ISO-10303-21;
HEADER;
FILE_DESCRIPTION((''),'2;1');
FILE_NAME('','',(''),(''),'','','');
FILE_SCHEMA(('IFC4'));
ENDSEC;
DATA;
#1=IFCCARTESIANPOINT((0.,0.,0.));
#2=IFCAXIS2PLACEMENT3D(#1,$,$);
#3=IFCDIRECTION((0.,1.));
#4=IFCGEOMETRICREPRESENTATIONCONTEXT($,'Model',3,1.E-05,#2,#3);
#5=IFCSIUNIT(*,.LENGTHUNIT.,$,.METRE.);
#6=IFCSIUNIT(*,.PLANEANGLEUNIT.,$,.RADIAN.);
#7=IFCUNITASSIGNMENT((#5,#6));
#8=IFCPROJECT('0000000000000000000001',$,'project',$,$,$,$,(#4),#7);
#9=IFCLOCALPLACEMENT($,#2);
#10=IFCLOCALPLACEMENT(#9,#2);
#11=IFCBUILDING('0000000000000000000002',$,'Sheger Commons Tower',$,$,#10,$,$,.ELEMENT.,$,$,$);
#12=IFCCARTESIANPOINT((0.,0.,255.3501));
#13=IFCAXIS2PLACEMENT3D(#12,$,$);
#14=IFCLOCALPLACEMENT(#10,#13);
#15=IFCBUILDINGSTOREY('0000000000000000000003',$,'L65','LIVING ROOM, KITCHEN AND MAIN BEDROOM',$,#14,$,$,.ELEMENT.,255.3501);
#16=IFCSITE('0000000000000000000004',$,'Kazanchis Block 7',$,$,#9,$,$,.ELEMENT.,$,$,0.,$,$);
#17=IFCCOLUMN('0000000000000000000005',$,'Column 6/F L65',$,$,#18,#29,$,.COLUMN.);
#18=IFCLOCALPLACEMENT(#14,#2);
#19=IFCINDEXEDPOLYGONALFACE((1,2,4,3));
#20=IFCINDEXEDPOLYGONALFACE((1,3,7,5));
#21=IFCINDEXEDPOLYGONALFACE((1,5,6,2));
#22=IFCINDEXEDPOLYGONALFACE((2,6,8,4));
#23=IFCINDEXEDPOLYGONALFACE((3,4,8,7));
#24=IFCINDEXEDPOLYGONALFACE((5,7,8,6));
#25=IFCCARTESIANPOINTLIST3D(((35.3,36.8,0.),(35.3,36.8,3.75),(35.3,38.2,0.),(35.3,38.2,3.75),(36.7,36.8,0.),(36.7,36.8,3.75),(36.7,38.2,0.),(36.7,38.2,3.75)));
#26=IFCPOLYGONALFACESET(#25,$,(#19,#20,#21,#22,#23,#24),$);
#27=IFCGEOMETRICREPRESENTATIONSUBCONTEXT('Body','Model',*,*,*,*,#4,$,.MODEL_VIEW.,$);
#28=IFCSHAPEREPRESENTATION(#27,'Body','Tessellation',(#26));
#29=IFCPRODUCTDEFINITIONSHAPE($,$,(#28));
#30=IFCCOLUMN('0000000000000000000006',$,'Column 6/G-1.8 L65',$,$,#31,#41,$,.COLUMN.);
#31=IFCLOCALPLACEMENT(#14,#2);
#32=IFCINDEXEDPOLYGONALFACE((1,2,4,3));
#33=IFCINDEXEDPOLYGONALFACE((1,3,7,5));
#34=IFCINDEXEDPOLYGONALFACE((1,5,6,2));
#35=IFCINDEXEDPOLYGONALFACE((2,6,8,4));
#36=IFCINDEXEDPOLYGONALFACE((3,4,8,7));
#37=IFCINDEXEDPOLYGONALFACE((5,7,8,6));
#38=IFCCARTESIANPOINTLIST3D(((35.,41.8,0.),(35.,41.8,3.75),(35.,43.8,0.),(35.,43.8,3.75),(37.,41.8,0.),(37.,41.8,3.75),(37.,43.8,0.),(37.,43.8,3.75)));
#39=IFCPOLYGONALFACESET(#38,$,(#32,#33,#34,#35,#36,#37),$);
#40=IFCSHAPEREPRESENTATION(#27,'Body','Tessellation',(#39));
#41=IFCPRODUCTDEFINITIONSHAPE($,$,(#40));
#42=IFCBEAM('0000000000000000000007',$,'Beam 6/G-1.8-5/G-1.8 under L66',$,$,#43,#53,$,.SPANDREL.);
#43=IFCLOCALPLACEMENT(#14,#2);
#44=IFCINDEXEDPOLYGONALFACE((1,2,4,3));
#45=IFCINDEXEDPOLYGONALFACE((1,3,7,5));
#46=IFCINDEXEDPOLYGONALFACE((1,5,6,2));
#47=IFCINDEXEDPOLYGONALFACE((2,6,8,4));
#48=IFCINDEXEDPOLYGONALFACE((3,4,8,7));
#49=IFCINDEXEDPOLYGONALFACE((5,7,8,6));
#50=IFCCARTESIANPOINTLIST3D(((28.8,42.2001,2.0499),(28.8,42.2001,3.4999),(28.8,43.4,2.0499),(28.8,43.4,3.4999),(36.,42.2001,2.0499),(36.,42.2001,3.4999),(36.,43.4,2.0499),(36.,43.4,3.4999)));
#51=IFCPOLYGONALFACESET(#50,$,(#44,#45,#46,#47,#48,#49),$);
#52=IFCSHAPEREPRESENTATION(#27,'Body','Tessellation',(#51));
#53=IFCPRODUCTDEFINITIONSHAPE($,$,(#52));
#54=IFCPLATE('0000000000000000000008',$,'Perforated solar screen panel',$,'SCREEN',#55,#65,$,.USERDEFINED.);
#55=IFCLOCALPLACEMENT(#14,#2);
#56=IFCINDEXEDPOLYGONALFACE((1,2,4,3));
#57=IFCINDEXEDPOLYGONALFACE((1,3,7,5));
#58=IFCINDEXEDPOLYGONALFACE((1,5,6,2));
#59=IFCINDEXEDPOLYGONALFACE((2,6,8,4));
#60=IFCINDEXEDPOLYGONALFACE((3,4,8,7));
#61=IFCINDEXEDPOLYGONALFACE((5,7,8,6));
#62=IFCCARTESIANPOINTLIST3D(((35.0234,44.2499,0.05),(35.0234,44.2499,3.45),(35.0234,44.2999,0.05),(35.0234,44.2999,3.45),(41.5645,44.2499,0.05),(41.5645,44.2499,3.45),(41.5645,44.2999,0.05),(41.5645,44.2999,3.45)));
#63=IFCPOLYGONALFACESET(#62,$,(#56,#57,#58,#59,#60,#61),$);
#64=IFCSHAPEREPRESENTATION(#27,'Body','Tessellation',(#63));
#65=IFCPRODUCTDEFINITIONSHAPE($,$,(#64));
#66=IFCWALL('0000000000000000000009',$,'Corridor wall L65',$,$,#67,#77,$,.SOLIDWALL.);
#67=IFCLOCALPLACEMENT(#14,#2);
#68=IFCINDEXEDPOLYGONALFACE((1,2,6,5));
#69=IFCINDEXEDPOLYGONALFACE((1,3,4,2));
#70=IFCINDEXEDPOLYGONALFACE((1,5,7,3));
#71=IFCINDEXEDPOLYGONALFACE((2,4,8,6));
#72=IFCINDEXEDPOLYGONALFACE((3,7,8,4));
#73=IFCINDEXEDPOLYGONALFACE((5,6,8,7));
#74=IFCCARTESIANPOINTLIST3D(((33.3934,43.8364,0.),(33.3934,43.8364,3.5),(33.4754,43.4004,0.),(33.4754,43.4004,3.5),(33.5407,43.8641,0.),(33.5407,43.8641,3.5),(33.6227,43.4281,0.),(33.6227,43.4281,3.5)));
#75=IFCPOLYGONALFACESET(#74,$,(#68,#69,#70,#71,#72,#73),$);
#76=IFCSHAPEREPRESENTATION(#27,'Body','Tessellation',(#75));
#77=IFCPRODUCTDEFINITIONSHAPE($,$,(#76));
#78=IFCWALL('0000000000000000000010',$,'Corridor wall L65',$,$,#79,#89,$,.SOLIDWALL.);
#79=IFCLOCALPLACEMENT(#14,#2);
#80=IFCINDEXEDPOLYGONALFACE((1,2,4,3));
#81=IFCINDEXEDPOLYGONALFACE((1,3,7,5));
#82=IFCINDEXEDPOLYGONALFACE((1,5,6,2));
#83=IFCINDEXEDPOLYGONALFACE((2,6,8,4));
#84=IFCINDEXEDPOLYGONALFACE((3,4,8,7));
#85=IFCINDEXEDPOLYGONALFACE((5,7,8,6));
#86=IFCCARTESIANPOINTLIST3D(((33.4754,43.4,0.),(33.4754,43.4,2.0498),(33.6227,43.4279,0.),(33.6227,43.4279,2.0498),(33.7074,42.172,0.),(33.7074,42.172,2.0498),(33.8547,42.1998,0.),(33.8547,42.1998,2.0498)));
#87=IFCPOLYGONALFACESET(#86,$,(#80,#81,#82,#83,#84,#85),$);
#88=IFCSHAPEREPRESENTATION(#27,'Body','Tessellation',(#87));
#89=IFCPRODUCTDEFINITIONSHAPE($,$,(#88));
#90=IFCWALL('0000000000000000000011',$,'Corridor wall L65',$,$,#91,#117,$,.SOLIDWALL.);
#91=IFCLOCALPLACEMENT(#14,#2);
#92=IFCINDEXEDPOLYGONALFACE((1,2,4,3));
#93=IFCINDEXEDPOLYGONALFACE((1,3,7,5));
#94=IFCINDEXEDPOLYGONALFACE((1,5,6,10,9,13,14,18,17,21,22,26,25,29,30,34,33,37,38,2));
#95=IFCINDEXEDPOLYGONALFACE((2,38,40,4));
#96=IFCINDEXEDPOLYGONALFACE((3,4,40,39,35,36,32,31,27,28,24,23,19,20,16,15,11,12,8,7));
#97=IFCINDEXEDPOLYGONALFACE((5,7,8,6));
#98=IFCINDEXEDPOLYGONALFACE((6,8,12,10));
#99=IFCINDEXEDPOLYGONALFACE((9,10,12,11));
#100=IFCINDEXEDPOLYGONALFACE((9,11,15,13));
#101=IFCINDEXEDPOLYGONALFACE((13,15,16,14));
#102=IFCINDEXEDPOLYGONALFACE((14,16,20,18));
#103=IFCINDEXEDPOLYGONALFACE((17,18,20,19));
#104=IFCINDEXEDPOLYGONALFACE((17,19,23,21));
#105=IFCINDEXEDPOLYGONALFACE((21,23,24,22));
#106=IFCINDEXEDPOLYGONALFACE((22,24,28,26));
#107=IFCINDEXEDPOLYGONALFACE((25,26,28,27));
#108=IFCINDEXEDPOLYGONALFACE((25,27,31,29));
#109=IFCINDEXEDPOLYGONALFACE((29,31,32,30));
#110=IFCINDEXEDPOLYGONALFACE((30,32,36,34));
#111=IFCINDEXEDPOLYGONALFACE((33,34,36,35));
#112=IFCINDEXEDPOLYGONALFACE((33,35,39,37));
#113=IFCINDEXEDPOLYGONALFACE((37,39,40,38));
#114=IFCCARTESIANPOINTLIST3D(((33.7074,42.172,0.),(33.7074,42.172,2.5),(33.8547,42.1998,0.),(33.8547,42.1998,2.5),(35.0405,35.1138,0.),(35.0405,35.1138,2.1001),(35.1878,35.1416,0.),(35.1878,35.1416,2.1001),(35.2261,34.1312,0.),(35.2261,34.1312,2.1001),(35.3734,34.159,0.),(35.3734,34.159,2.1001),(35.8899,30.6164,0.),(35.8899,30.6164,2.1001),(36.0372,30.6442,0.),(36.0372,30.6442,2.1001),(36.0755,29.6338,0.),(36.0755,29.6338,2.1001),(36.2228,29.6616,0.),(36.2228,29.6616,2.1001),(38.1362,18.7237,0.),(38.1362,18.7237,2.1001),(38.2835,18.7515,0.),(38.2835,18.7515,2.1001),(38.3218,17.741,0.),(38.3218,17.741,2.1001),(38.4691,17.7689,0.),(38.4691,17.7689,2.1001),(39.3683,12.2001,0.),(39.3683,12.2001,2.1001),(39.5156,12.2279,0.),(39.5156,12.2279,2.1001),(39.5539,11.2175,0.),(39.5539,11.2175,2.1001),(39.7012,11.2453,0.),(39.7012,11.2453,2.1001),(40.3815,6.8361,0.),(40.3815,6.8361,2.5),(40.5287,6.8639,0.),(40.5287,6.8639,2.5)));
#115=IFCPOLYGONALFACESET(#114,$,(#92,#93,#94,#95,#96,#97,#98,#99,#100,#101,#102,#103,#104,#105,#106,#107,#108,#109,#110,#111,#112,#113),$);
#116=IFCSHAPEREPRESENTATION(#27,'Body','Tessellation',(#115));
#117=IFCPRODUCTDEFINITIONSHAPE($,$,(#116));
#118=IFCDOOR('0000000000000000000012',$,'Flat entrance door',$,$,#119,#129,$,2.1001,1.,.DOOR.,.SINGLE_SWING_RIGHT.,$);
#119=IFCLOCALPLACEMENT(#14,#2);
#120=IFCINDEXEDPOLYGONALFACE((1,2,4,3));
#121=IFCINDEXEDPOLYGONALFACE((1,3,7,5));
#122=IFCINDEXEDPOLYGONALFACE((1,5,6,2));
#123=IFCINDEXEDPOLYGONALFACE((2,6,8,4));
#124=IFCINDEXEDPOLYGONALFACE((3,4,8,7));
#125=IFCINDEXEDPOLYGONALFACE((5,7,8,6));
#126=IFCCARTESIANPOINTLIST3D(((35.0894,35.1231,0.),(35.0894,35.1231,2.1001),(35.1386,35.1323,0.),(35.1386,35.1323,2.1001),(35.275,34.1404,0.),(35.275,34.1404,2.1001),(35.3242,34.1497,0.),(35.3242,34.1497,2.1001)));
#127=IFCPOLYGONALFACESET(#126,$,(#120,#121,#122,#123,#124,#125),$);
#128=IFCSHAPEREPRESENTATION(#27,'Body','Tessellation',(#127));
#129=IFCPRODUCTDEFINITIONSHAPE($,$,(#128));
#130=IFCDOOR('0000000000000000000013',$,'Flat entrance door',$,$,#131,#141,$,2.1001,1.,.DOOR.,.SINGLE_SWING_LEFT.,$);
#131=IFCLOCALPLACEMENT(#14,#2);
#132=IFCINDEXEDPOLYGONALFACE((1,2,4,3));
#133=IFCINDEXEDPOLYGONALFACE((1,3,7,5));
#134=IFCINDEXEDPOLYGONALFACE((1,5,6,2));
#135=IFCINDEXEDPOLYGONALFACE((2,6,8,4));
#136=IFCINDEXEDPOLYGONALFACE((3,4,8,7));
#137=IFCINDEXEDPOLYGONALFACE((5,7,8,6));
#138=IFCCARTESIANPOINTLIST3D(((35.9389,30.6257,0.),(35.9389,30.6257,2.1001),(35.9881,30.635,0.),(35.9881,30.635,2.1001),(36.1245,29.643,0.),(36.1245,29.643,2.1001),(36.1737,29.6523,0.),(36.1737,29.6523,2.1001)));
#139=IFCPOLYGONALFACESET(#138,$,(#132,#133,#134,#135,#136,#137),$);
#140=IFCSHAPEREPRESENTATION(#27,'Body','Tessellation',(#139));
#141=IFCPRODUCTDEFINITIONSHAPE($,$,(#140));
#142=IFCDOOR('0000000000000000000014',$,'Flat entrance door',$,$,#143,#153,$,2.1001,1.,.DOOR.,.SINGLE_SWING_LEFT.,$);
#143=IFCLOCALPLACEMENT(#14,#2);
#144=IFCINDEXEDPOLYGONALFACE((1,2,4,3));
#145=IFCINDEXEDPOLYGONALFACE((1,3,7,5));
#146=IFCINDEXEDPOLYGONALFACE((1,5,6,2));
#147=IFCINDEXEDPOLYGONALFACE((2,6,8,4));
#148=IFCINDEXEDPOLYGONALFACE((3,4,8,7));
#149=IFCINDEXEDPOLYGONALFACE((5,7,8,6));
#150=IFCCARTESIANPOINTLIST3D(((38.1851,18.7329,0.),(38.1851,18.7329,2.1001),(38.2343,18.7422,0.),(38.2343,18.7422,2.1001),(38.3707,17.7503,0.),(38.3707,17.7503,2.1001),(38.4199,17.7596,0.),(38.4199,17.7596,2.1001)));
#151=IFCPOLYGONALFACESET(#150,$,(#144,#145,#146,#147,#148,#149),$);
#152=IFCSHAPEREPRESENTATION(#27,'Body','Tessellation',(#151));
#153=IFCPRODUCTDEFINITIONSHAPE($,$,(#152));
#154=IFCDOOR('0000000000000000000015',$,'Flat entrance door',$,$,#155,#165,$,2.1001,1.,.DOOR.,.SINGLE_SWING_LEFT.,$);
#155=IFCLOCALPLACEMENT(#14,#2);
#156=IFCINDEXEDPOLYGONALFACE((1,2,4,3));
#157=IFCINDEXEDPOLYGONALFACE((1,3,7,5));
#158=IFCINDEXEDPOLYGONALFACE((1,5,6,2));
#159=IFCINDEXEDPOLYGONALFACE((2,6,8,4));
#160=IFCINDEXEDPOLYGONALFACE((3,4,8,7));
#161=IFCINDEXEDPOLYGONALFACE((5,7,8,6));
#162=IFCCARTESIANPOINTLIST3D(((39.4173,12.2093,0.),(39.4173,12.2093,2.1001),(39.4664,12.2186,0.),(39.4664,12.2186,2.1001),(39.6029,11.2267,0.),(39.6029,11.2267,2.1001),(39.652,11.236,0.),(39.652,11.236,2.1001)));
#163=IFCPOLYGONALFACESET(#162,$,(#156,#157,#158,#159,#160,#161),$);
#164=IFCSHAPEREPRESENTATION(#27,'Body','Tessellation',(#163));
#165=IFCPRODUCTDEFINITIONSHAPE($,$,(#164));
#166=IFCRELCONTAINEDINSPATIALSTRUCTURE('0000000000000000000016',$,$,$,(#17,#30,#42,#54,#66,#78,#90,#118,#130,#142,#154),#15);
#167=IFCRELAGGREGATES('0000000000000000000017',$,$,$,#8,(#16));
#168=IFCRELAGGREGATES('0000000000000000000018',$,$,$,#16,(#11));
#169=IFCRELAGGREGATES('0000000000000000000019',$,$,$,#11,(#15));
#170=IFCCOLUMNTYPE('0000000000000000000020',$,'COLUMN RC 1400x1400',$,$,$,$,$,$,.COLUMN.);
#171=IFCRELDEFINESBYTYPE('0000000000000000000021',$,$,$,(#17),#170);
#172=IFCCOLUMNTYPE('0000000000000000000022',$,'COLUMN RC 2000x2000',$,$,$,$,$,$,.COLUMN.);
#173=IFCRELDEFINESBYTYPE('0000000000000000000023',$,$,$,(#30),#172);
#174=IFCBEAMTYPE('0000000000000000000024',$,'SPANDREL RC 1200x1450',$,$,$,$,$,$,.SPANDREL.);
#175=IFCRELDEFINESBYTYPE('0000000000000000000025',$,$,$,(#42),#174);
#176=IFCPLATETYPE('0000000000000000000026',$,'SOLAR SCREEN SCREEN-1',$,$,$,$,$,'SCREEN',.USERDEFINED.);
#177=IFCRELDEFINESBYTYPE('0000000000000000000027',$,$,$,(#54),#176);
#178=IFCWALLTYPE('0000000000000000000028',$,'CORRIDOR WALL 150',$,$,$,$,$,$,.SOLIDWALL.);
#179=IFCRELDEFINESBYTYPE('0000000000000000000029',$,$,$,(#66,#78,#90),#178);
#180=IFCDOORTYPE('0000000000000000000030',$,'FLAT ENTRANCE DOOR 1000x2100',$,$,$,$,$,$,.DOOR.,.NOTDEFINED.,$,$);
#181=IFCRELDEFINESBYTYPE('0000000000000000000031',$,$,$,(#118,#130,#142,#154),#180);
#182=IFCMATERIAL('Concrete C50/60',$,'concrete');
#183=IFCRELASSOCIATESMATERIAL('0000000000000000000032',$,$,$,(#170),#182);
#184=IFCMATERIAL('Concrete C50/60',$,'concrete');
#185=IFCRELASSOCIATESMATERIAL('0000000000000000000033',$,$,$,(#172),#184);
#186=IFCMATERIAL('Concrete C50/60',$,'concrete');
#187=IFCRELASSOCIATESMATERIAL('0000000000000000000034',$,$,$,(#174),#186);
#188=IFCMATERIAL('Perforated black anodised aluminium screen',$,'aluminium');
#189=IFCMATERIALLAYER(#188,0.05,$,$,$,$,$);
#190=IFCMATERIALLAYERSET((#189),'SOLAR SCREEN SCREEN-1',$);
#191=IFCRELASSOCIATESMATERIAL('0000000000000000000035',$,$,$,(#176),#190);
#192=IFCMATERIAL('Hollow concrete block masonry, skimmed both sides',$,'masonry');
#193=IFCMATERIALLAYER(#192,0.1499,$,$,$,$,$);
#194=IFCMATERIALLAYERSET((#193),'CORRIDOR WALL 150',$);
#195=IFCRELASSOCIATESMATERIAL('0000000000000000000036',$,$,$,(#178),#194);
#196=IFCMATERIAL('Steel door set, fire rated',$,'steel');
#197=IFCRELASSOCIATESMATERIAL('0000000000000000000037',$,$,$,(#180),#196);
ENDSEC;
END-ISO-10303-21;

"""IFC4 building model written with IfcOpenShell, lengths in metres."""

from ifc_helpers import new_model, si_unit, direction, frame, frame_2d, origin, origin_2d, place, context, subcontext, project, spatial, rectangle, extrude, material, layer, layer_set, material_profile, profile_set, type_object, element, fill, save


model = new_model("IFC4")

# Units and contexts
model_context = context("Model", 3, precision=1e-05, world=origin(), true_north=direction((0.0, 1.0)))
body_context = subcontext(model_context, "Body", "Model", "MODEL_VIEW")
ifc_project = project(units=[si_unit("LENGTHUNIT", "METRE"), si_unit("PLANEANGLEUNIT", "RADIAN")], contexts=[model_context])

# Site, building, storey
site_placement = place(None, origin())
site = spatial("IfcSite", under=ifc_project, at=site_placement, Name="Kazanchis Block 7", CompositionType="ELEMENT", RefElevation=0.0)
building_placement = place(site_placement, origin())
building = spatial("IfcBuilding", under=site, at=building_placement, Name="Sheger Commons Tower", CompositionType="ELEMENT")
storey_placement = place(building_placement, frame((0.0, 0.0, 255.3501)))
storey = spatial("IfcBuildingStorey", under=building, at=storey_placement, Name="L65", Description="LIVING ROOM, KITCHEN AND MAIN BEDROOM", CompositionType="ELEMENT", Elevation=255.3501)

# Columns
ifc_material_1 = material(Name="Concrete C50/60", Category="concrete")
ifc_material_profile_1 = material_profile(ifc_material_1, rectangle(XDim=1.3999, YDim=1.3999, at=origin_2d()), Name="RC 1400x1400")
ifc_profile_set_1 = profile_set([ifc_material_profile_1], Name="Concrete C50/60")
column_type_1 = type_object("IfcColumnType", Name="COLUMN RC 1400x1400", PredefinedType="COLUMN", material=ifc_profile_set_1)
column_1_placement = place(storey_placement, frame((36.0, 37.5, 0.0), z_axis=(0.0, 0.0, 1.0), x_axis=(1.0, 0.0, 0.0)))
element("IfcColumn", 1, at=column_1_placement, inside=storey, type_object=column_type_1, Name="Column 6/F L65", PredefinedType="COLUMN", context=body_context, shape_type="SweptSolid", body=[
    extrude(rectangle(XDim=1.3999, YDim=1.3999, at=origin_2d()), origin(), (0.0, 0.0, 1.0), 3.75),
])
ifc_material_2 = material(Name="Concrete C50/60", Category="concrete")
ifc_material_profile_2 = material_profile(ifc_material_2, rectangle(XDim=2.0, YDim=2.0, at=origin_2d()), Name="RC 2000x2000")
ifc_profile_set_2 = profile_set([ifc_material_profile_2], Name="Concrete C50/60")
column_type_2 = type_object("IfcColumnType", Name="COLUMN RC 2000x2000", PredefinedType="COLUMN", material=ifc_profile_set_2)
column_2_placement = place(storey_placement, frame((36.0, 42.8, 0.0), z_axis=(0.0, 0.0, 1.0), x_axis=(1.0, 0.0, 0.0)))
element("IfcColumn", 2, at=column_2_placement, inside=storey, type_object=column_type_2, Name="Column 6/G-1.8 L65", PredefinedType="COLUMN", context=body_context, shape_type="SweptSolid", body=[
    extrude(rectangle(XDim=2.0, YDim=2.0, at=origin_2d()), origin(), (0.0, 0.0, 1.0), 3.75),
])

# Beam
ifc_material_3 = material(Name="Concrete C50/60", Category="concrete")
ifc_material_profile_3 = material_profile(ifc_material_3, rectangle(XDim=1.2, YDim=1.45, at=origin_2d()), Name="RC 1200x1450")
ifc_profile_set_3 = profile_set([ifc_material_profile_3], Name="Concrete C50/60")
beam_type = type_object("IfcBeamType", Name="SPANDREL RC 1200x1450", PredefinedType="SPANDREL", material=ifc_profile_set_3)
beam_placement = place(storey_placement, frame((36.0, 42.8, 2.7749), z_axis=(-1.0, 0.0, 0.0), x_axis=(0.0, -1.0, 0.0)))
element("IfcBeam", 3, at=beam_placement, inside=storey, type_object=beam_type, Name="Beam 6/G-1.8-5/G-1.8 under L66", PredefinedType="SPANDREL", context=body_context, shape_type="SweptSolid", body=[
    extrude(rectangle(XDim=1.2, YDim=1.45, at=origin_2d()), origin(), (0.0, 0.0, 1.0), 7.2),
])

# Plate
ifc_material_4 = material(Name="Perforated black anodised aluminium screen", Category="aluminium")
ifc_layer_1 = layer(ifc_material_4, 0.05)
ifc_layer_set_1 = layer_set([ifc_layer_1], Name="SOLAR SCREEN SCREEN-1")
plate_type = type_object("IfcPlateType", Name="SOLAR SCREEN SCREEN-1", ElementType="SCREEN", PredefinedType="USERDEFINED", material=ifc_layer_set_1)
plate_placement = place(storey_placement, frame((38.2939, 44.2749, 0.05), z_axis=(0.0, 0.0, 1.0), x_axis=(-1.0, 0.0, 0.0)))
element("IfcPlate", 4, at=plate_placement, inside=storey, type_object=plate_type, Name="Perforated solar screen panel", ObjectType="SCREEN", PredefinedType="USERDEFINED", context=body_context, shape_type="SweptSolid", body=[
    extrude(rectangle(XDim=6.541, YDim=0.05, at=origin_2d()), origin(), (0.0, 0.0, 1.0), 3.3999),
])

# Walls
ifc_material_5 = material(Name="Hollow concrete block masonry, skimmed both sides", Category="masonry")
ifc_layer_2 = layer(ifc_material_5, 0.1499)
ifc_layer_set_2 = layer_set([ifc_layer_2], Name="CORRIDOR WALL 150")
wall_type_1 = type_object("IfcWallType", Name="CORRIDOR WALL 150", PredefinedType="SOLIDWALL", material=ifc_layer_set_2)
wall_1_placement = place(storey_placement, frame((33.467, 43.8501, 0.0), z_axis=(0.0, 0.0, 1.0), x_axis=(0.184887, -0.98276, 0.0)))
element("IfcWall", 5, at=wall_1_placement, inside=storey, type_object=wall_type_1, Name="Corridor wall L65", PredefinedType="SOLIDWALL", context=body_context, shape_type="SweptSolid", body=[
    extrude(rectangle(XDim=0.4436, YDim=0.1499, at=frame_2d((0.2217, 0.0))), origin(), (0.0, 0.0, 1.0), 3.5),
])
wall_2_placement = place(storey_placement, frame((33.5491, 43.4141, 0.0), z_axis=(0.0, 0.0, 1.0), x_axis=(0.185586, -0.982628, 0.0)))
element("IfcWall", 6, at=wall_2_placement, inside=storey, type_object=wall_type_1, Name="Corridor wall L65", PredefinedType="SOLIDWALL", context=body_context, shape_type="SweptSolid", body=[
    extrude(rectangle(XDim=1.2498, YDim=0.1499, at=frame_2d((0.625, 0.0))), origin(), (0.0, 0.0, 1.0), 2.0498),
])

# Wall, openings, doors
wall_3_placement = place(storey_placement, frame((33.781, 42.186, 0.0), z_axis=(0.0, 0.0, 1.0), x_axis=(0.185594, -0.982627, 0.0)))
wall_3 = element("IfcWall", 7, at=wall_3_placement, inside=storey, type_object=wall_type_1, Name="Corridor wall L65", PredefinedType="SOLIDWALL", context=body_context, shape_type="SweptSolid", body=[
    extrude(rectangle(XDim=35.9607, YDim=0.1499, at=frame_2d((17.9805, 0.0))), origin(), (0.0, 0.0, 1.0), 2.5),
])
opening_1_placement = place(wall_3_placement, frame((7.1831, 0.0, 0.0)))
opening_1 = element("IfcOpeningElement", 8, at=opening_1_placement, cuts=wall_3, PredefinedType="OPENING", context=body_context, shape_type="SweptSolid", body=[
    extrude(rectangle(XDim=1.0, YDim=2.1001, at=frame_2d((0.5, 1.05))), frame((0.0, 0.085, 0.0), z_axis=(0.0, -1.0, 0.0), x_axis=(1.0, 0.0, 0.0)), (0.0, 0.0, 1.0), 0.1699),
])
opening_2_placement = place(wall_3_placement, frame((11.76, 0.0, 0.0)))
opening_2 = element("IfcOpeningElement", 9, at=opening_2_placement, cuts=wall_3, PredefinedType="OPENING", context=body_context, shape_type="SweptSolid", body=[
    extrude(rectangle(XDim=1.0, YDim=2.1001, at=frame_2d((0.5, 1.05))), frame((0.0, 0.085, 0.0), z_axis=(0.0, -1.0, 0.0), x_axis=(1.0, 0.0, 0.0)), (0.0, 0.0, 1.0), 0.1699),
])
opening_3_placement = place(wall_3_placement, frame((23.863, 0.0, 0.0)))
opening_3 = element("IfcOpeningElement", 10, at=opening_3_placement, cuts=wall_3, PredefinedType="OPENING", context=body_context, shape_type="SweptSolid", body=[
    extrude(rectangle(XDim=1.0, YDim=2.1001, at=frame_2d((0.5, 1.05))), frame((0.0, 0.085, 0.0), z_axis=(0.0, -1.0, 0.0), x_axis=(1.0, 0.0, 0.0)), (0.0, 0.0, 1.0), 0.1699),
])
opening_4_placement = place(wall_3_placement, frame((30.502, 0.0, 0.0)))
opening_4 = element("IfcOpeningElement", 11, at=opening_4_placement, cuts=wall_3, PredefinedType="OPENING", context=body_context, shape_type="SweptSolid", body=[
    extrude(rectangle(XDim=1.0, YDim=2.1001, at=frame_2d((0.5, 1.05))), frame((0.0, 0.085, 0.0), z_axis=(0.0, -1.0, 0.0), x_axis=(1.0, 0.0, 0.0)), (0.0, 0.0, 1.0), 0.1699),
])
ifc_material_6 = material(Name="Steel door set, fire rated", Category="steel")
door_type_1 = type_object("IfcDoorType", Name="FLAT ENTRANCE DOOR 1000x2100", OperationType="NOTDEFINED", PredefinedType="DOOR", material=ifc_material_6)
door_1_placement = place(opening_1_placement, origin())
door_1 = element("IfcDoor", 12, at=door_1_placement, inside=storey, type_object=door_type_1, Name="Flat entrance door", OperationType="SINGLE_SWING_RIGHT", OverallHeight=2.1001, OverallWidth=1.0, PredefinedType="DOOR", context=body_context, shape_type="SweptSolid", body=[
    extrude(rectangle(XDim=1.0, YDim=2.1001, at=frame_2d((0.5, 1.05))), frame((0.0, 0.0249, 0.0), z_axis=(0.0, -1.0, 0.0), x_axis=(1.0, 0.0, 0.0)), (0.0, 0.0, 1.0), 0.05),
])
fill(opening_1, door_1)
door_2_placement = place(opening_2_placement, origin())
door_2 = element("IfcDoor", 13, at=door_2_placement, inside=storey, type_object=door_type_1, Name="Flat entrance door", OperationType="SINGLE_SWING_LEFT", OverallHeight=2.1001, OverallWidth=1.0, PredefinedType="DOOR", context=body_context, shape_type="SweptSolid", body=[
    extrude(rectangle(XDim=1.0, YDim=2.1001, at=frame_2d((0.5, 1.05))), frame((0.0, 0.0249, 0.0), z_axis=(0.0, -1.0, 0.0), x_axis=(1.0, 0.0, 0.0)), (0.0, 0.0, 1.0), 0.05),
])
fill(opening_2, door_2)
door_3_placement = place(opening_3_placement, origin())
door_3 = element("IfcDoor", 14, at=door_3_placement, inside=storey, type_object=door_type_1, Name="Flat entrance door", OperationType="SINGLE_SWING_LEFT", OverallHeight=2.1001, OverallWidth=1.0, PredefinedType="DOOR", context=body_context, shape_type="SweptSolid", body=[
    extrude(rectangle(XDim=1.0, YDim=2.1001, at=frame_2d((0.5, 1.05))), frame((0.0, 0.0249, 0.0), z_axis=(0.0, -1.0, 0.0), x_axis=(1.0, 0.0, 0.0)), (0.0, 0.0, 1.0), 0.05),
])
fill(opening_3, door_3)
door_4_placement = place(opening_4_placement, origin())
door_4 = element("IfcDoor", 15, at=door_4_placement, inside=storey, type_object=door_type_1, Name="Flat entrance door", OperationType="SINGLE_SWING_LEFT", OverallHeight=2.1001, OverallWidth=1.0, PredefinedType="DOOR", context=body_context, shape_type="SweptSolid", body=[
    extrude(rectangle(XDim=1.0, YDim=2.1001, at=frame_2d((0.5, 1.05))), frame((0.0, 0.0249, 0.0), z_axis=(0.0, -1.0, 0.0), x_axis=(1.0, 0.0, 0.0)), (0.0, 0.0, 1.0), 0.05),
])
fill(opening_4, door_4)

save(model, "model.ifc")
